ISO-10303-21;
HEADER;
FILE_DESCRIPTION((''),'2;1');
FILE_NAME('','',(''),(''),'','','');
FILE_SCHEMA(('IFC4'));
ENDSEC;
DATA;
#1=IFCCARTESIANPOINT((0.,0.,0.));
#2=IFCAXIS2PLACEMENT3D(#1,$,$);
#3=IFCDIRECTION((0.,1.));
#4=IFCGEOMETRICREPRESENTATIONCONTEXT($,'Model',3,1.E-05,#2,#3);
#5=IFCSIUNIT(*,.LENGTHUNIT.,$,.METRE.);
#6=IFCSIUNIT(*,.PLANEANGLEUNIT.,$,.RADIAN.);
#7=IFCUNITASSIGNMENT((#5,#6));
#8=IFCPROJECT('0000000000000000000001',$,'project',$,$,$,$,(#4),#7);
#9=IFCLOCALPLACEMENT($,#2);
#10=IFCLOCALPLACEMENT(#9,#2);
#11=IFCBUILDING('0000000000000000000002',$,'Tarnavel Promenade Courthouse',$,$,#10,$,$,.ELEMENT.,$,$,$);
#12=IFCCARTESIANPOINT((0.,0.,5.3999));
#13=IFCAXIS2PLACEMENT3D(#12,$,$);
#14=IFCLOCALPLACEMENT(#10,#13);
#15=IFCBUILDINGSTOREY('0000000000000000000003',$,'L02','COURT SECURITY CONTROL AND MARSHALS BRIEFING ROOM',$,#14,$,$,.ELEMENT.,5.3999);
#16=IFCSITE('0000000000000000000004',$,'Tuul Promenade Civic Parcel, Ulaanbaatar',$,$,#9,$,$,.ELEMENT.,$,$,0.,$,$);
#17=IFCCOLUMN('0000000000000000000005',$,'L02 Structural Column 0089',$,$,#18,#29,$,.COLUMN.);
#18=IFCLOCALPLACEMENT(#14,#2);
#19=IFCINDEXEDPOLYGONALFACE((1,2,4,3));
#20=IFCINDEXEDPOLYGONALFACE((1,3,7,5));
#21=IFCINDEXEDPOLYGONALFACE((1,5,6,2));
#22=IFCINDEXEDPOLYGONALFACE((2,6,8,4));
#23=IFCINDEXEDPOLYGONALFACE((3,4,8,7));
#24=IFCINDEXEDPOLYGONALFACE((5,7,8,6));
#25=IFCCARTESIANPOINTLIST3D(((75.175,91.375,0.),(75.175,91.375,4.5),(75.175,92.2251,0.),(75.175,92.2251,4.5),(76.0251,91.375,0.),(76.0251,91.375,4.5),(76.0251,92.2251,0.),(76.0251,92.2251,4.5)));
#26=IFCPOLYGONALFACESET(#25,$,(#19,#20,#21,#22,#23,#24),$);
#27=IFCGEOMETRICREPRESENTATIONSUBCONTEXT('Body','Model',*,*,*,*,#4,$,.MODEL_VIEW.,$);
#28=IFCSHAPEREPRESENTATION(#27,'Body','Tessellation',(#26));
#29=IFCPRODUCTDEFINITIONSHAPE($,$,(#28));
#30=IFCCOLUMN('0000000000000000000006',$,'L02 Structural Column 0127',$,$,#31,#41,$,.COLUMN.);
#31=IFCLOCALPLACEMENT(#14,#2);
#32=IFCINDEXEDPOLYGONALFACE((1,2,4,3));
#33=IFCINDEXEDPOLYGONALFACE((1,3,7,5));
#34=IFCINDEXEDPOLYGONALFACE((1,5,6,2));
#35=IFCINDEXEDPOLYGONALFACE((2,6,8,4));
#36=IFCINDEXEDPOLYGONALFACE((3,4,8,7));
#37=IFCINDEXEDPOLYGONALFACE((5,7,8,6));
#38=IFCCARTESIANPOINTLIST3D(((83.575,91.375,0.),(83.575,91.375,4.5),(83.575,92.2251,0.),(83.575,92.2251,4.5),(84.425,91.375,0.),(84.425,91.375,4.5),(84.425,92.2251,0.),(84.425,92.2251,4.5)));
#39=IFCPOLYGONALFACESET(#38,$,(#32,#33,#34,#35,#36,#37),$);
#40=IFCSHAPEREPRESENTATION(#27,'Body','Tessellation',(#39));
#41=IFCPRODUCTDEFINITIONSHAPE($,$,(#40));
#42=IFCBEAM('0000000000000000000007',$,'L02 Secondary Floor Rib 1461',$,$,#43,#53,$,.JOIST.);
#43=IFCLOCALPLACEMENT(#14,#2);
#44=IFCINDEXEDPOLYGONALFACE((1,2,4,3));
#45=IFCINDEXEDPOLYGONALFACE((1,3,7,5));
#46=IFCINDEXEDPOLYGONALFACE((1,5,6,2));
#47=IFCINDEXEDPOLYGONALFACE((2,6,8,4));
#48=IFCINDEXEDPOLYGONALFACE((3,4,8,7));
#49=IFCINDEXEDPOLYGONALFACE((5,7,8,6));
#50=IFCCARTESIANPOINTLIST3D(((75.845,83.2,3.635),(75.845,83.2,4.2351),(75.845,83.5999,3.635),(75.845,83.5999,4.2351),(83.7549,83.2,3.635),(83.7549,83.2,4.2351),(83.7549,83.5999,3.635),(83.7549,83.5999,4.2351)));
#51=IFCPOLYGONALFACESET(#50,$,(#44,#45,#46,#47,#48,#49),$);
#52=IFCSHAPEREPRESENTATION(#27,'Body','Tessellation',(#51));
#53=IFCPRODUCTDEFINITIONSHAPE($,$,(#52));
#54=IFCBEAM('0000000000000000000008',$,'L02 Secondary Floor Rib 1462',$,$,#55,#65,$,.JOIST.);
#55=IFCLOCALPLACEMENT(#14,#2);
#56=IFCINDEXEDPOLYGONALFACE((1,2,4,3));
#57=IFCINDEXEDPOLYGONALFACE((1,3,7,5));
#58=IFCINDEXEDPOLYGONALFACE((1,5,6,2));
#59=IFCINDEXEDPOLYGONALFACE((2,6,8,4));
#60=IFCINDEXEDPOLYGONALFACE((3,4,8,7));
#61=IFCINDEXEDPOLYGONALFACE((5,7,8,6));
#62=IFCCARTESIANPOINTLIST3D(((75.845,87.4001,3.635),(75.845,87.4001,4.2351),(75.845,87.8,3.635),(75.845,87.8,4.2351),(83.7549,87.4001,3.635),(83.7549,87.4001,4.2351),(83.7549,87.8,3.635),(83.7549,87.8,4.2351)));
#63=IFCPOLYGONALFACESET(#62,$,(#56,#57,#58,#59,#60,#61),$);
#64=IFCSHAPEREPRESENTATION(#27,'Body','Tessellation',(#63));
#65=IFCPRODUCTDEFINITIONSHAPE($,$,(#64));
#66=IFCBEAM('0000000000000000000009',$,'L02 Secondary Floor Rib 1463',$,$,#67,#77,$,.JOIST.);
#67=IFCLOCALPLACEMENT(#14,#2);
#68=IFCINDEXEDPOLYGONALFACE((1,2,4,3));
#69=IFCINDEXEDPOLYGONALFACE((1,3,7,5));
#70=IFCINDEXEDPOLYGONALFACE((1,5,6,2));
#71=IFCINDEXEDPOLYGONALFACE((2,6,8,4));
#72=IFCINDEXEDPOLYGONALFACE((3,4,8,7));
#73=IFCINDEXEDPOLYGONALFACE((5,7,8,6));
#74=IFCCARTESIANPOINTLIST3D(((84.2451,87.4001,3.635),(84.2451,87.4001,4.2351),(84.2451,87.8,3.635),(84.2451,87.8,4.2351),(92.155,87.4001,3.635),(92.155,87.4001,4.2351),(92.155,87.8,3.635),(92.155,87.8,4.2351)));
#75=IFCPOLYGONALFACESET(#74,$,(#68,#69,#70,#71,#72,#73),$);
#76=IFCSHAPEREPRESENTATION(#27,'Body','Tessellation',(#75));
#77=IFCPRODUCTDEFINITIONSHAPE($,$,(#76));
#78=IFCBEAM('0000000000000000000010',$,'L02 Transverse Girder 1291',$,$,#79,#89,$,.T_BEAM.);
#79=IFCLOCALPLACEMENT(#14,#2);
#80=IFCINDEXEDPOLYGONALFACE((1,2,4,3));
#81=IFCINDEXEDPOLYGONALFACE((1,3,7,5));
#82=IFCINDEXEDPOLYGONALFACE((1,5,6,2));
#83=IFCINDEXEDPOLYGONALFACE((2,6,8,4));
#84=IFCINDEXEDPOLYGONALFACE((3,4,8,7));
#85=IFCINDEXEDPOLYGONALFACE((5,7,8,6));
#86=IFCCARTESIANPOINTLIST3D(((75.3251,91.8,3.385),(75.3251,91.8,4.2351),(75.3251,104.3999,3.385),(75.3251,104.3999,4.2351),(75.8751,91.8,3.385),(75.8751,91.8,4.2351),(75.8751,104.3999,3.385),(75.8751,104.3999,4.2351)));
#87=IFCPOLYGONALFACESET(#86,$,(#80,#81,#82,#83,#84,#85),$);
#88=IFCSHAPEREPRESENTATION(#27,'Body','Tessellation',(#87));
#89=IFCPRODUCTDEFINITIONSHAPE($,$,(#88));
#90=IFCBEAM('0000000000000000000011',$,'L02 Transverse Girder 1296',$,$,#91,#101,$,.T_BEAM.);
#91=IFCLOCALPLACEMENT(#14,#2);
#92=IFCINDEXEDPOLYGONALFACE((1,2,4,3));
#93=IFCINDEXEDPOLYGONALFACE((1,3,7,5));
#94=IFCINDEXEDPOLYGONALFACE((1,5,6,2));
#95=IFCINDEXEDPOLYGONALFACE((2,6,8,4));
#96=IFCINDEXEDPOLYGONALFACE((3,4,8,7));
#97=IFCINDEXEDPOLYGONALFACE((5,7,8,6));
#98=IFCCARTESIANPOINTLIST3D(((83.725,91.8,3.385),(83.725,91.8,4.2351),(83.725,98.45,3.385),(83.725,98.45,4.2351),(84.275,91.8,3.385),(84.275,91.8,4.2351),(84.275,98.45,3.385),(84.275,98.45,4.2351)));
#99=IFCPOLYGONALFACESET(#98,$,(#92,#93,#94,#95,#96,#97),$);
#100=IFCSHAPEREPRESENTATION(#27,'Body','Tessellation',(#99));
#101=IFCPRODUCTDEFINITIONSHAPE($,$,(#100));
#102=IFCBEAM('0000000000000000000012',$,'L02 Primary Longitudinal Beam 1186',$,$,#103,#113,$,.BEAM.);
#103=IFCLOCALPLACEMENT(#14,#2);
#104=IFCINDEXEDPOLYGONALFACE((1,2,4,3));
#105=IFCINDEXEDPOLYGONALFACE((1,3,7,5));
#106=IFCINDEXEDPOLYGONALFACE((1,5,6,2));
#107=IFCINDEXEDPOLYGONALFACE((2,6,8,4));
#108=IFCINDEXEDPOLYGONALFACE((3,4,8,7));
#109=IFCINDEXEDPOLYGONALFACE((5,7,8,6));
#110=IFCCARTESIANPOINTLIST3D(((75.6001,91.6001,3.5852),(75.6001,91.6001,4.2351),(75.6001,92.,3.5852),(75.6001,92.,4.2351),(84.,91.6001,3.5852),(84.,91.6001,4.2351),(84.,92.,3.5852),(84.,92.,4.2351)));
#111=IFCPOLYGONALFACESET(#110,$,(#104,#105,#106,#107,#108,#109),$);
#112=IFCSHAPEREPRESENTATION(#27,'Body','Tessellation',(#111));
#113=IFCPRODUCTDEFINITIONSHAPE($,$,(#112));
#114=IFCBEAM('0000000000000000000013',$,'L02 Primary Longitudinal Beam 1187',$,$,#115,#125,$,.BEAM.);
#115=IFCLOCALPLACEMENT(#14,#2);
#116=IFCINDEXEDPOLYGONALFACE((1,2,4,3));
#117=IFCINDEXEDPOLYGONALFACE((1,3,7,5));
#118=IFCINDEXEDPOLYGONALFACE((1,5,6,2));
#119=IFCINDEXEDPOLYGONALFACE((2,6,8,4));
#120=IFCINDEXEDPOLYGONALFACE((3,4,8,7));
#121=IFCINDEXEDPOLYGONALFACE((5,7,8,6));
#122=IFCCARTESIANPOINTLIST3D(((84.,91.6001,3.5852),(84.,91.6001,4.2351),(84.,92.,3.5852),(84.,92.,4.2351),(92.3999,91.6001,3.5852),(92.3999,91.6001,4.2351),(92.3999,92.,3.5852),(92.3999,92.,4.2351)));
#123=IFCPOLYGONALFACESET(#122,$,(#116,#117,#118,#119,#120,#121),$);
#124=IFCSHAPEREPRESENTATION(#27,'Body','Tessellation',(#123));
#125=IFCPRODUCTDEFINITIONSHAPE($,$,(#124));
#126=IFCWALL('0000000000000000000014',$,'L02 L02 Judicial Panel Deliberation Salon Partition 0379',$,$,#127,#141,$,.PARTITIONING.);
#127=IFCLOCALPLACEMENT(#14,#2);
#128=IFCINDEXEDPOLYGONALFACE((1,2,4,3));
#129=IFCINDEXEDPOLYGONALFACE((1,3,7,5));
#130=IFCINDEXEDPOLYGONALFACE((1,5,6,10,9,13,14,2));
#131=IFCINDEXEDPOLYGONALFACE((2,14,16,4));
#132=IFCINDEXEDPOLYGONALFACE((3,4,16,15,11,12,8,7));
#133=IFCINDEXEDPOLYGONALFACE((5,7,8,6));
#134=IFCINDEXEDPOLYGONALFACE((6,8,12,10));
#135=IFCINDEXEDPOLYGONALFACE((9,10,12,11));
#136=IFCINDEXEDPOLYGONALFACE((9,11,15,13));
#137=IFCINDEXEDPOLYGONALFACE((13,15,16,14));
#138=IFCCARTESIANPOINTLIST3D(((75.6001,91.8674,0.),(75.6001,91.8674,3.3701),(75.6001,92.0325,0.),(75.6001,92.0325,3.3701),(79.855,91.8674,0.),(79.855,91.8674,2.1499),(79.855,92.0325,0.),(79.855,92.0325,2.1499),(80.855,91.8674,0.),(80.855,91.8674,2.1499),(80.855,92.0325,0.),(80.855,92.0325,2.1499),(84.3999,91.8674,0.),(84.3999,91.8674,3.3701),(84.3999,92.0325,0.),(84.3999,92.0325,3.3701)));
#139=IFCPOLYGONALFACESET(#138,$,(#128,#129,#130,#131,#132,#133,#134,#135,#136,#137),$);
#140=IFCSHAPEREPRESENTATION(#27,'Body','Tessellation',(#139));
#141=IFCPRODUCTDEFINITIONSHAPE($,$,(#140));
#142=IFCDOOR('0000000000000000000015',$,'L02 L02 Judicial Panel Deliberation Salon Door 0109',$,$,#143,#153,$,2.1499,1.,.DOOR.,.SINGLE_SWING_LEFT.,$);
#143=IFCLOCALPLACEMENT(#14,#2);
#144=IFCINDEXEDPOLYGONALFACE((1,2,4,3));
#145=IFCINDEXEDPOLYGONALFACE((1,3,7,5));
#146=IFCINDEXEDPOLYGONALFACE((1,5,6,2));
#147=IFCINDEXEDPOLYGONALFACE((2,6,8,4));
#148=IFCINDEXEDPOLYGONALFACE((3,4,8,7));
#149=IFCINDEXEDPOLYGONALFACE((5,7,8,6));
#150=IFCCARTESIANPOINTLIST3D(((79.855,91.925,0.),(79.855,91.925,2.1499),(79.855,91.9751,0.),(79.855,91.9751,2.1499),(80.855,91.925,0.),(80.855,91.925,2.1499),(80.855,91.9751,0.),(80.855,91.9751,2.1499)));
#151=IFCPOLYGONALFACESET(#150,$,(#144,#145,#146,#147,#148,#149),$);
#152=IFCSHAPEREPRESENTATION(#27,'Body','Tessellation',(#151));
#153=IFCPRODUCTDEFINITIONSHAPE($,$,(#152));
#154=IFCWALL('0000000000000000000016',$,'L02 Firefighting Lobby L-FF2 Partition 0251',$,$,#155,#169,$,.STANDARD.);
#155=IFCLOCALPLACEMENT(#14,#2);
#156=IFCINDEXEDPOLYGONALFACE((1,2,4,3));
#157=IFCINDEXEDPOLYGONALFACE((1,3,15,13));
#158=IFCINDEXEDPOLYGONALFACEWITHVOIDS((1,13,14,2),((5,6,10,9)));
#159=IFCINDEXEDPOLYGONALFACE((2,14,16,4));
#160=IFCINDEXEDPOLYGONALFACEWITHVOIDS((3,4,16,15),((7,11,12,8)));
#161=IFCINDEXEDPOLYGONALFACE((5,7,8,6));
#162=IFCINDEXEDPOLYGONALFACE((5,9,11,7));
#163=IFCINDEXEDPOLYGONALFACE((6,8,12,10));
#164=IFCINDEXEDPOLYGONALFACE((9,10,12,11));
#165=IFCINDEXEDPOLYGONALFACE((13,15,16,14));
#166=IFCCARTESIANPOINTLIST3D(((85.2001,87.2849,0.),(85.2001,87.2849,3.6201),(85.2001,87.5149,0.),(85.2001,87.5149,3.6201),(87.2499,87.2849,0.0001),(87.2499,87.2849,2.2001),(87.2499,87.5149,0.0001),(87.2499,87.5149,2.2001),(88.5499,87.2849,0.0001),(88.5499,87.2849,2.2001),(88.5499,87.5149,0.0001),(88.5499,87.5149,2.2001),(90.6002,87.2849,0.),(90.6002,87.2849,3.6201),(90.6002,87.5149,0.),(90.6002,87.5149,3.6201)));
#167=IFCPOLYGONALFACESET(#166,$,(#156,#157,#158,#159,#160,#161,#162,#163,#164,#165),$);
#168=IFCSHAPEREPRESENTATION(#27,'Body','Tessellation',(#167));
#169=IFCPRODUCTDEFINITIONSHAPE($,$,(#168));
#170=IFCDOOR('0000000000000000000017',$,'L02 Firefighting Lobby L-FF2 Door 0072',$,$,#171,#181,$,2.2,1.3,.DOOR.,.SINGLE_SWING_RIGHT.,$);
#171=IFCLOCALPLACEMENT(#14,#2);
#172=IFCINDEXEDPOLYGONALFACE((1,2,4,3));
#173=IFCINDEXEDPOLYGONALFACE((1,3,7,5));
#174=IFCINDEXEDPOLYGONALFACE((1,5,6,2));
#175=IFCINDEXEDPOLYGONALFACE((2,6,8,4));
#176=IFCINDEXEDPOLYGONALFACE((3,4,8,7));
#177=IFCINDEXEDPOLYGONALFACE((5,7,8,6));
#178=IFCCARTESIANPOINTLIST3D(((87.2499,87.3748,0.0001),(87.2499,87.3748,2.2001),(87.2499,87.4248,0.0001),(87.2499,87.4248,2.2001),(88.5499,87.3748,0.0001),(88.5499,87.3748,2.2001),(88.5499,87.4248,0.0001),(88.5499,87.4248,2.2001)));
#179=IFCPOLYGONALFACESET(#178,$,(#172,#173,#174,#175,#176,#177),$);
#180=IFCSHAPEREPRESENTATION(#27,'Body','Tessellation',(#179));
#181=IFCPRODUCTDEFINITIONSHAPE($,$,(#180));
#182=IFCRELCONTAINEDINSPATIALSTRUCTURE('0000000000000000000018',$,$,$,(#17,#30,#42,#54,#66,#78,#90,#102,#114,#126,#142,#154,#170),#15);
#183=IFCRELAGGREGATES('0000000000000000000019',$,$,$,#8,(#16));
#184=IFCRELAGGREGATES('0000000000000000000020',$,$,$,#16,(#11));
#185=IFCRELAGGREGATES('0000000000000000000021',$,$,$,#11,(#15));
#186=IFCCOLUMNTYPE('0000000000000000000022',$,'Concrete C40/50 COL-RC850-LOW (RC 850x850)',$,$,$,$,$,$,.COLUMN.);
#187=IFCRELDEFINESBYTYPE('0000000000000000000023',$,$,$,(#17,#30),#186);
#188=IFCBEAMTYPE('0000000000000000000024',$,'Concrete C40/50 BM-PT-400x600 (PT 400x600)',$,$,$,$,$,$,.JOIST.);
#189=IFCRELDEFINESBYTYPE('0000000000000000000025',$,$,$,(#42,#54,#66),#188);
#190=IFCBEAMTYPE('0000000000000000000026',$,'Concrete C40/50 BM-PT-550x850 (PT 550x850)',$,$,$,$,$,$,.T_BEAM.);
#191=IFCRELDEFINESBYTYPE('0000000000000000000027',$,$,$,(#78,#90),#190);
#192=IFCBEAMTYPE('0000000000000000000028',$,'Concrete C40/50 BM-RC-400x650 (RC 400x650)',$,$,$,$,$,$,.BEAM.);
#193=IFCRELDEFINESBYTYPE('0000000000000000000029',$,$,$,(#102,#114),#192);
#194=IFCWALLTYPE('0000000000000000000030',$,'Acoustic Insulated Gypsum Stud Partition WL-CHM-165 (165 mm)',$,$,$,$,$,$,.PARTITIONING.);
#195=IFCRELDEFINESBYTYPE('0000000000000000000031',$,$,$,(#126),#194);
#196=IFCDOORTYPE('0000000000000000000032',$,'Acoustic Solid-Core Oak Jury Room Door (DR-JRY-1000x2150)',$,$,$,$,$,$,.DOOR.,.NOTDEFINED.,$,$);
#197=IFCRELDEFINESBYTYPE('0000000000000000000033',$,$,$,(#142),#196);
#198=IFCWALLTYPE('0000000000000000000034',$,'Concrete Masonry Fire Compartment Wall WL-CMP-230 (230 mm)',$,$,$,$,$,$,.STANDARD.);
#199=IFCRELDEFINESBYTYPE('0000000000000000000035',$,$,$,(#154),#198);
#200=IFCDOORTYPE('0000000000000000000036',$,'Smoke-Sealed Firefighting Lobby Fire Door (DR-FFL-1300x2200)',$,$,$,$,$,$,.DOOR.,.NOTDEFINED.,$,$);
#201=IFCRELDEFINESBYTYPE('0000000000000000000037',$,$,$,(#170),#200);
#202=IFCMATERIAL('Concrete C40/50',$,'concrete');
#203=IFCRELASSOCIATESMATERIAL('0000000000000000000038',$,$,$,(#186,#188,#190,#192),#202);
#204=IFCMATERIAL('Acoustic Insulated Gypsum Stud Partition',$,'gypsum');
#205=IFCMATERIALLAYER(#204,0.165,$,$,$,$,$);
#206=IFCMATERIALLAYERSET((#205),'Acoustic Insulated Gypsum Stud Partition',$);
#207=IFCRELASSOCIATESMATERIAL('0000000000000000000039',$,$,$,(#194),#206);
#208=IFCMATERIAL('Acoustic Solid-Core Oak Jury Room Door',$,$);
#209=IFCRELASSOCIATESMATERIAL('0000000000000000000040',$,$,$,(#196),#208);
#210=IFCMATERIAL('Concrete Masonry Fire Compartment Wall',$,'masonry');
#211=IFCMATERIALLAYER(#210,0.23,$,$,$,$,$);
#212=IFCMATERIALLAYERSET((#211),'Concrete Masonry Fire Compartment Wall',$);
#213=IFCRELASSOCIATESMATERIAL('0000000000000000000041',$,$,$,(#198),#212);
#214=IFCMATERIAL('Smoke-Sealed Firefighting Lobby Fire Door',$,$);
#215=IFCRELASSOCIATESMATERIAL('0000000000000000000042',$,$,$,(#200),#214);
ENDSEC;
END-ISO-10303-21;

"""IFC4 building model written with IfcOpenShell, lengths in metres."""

from ifc_helpers import new_model, si_unit, direction, frame, frame_2d, origin, origin_2d, place, context, subcontext, project, spatial, rectangle, extrude, material, layer, layer_set, material_profile, profile_set, type_object, element, fill, save


model = new_model("IFC4")

# Units and contexts
model_context = context("Model", 3, precision=1e-05, world=origin(), true_north=direction((0.0, 1.0)))
body_context = subcontext(model_context, "Body", "Model", "MODEL_VIEW")
ifc_project = project(units=[si_unit("LENGTHUNIT", "METRE"), si_unit("PLANEANGLEUNIT", "RADIAN")], contexts=[model_context])

# Site, building, storey
site_placement = place(None, origin())
site = spatial("IfcSite", under=ifc_project, at=site_placement, Name="Tuul Promenade Civic Parcel, Ulaanbaatar", CompositionType="ELEMENT", RefElevation=0.0)
building_placement = place(site_placement, origin())
building = spatial("IfcBuilding", under=site, at=building_placement, Name="Tarnavel Promenade Courthouse", CompositionType="ELEMENT")
storey_placement = place(building_placement, frame((0.0, 0.0, 5.3999)))
storey = spatial("IfcBuildingStorey", under=building, at=storey_placement, Name="L02", Description="COURT SECURITY CONTROL AND MARSHALS BRIEFING ROOM", CompositionType="ELEMENT", Elevation=5.3999)

# Columns
ifc_material_1 = material(Name="Concrete C40/50", Category="concrete")
ifc_material_profile_1 = material_profile(ifc_material_1, rectangle(XDim=0.8501, YDim=0.8501, at=origin_2d()), Name="RC 850x850")
ifc_profile_set_1 = profile_set([ifc_material_profile_1], Name="Concrete C40/50")
column_type = type_object("IfcColumnType", Name="Concrete C40/50 COL-RC850-LOW (RC 850x850)", PredefinedType="COLUMN", material=ifc_profile_set_1)
for number, where, z_axis, x_axis, name in (
    (1, (75.6001, 91.8, 0.0), (0.0, 0.0, 1.0), (1.0, 0.0, 0.0), "L02 Structural Column 0089"),
    (2, (84.0, 91.8, 0.0), (0.0, 0.0, 1.0), (1.0, 0.0, 0.0), "L02 Structural Column 0127"),
):
    element("IfcColumn", number, at=place(storey_placement, frame(where, z_axis=z_axis, x_axis=x_axis)), inside=storey, type_object=column_type, Name=name, PredefinedType="COLUMN", context=body_context, shape_type="SweptSolid", body=[
        extrude(rectangle(XDim=0.8501, YDim=0.8501, at=origin_2d()), origin(), (0.0, 0.0, 1.0), 4.5),
    ])

# Beams
ifc_material_profile_2 = material_profile(ifc_material_1, rectangle(XDim=0.3999, YDim=0.6001, at=origin_2d()), Name="PT 400x600")
ifc_profile_set_2 = profile_set([ifc_material_profile_2], Name="Concrete C40/50")
beam_type_1 = type_object("IfcBeamType", Name="Concrete C40/50 BM-PT-400x600 (PT 400x600)", PredefinedType="JOIST", material=ifc_profile_set_2)
for number, where, z_axis, x_axis, name in (
    (3, (75.845, 83.3999, 3.9351), (1.0, 0.0, 0.0), (0.0, 1.0, 0.0), "L02 Secondary Floor Rib 1461"),
    (4, (75.845, 87.6001, 3.9351), (1.0, 0.0, 0.0), (0.0, 1.0, 0.0), "L02 Secondary Floor Rib 1462"),
    (5, (84.2451, 87.6001, 3.9351), (1.0, 0.0, 0.0), (0.0, 1.0, 0.0), "L02 Secondary Floor Rib 1463"),
):
    element("IfcBeam", number, at=place(storey_placement, frame(where, z_axis=z_axis, x_axis=x_axis)), inside=storey, type_object=beam_type_1, Name=name, PredefinedType="JOIST", context=body_context, shape_type="SweptSolid", body=[
        extrude(rectangle(XDim=0.3999, YDim=0.6001, at=origin_2d()), origin(), (0.0, 0.0, 1.0), 7.9099),
    ])
ifc_material_profile_3 = material_profile(ifc_material_1, rectangle(XDim=0.55, YDim=0.8501, at=origin_2d()), Name="PT 550x850")
ifc_profile_set_3 = profile_set([ifc_material_profile_3], Name="Concrete C40/50")
beam_type_2 = type_object("IfcBeamType", Name="Concrete C40/50 BM-PT-550x850 (PT 550x850)", PredefinedType="T_BEAM", material=ifc_profile_set_3)
beam_1_placement = place(storey_placement, frame((75.6001, 91.8, 3.8101), z_axis=(0.0, 1.0, 0.0), x_axis=(-1.0, 0.0, 0.0)))
element("IfcBeam", 6, at=beam_1_placement, inside=storey, type_object=beam_type_2, Name="L02 Transverse Girder 1291", PredefinedType="T_BEAM", context=body_context, shape_type="SweptSolid", body=[
    extrude(rectangle(XDim=0.55, YDim=0.8501, at=origin_2d()), origin(), (0.0, 0.0, 1.0), 12.5999),
])
beam_2_placement = place(storey_placement, frame((84.0, 91.8, 3.8101), z_axis=(0.0, 1.0, 0.0), x_axis=(-1.0, 0.0, 0.0)))
element("IfcBeam", 7, at=beam_2_placement, inside=storey, type_object=beam_type_2, Name="L02 Transverse Girder 1296", PredefinedType="T_BEAM", context=body_context, shape_type="SweptSolid", body=[
    extrude(rectangle(XDim=0.55, YDim=0.8501, at=origin_2d()), origin(), (0.0, 0.0, 1.0), 6.6499),
])
ifc_material_profile_4 = material_profile(ifc_material_1, rectangle(XDim=0.3999, YDim=0.6499, at=origin_2d()), Name="RC 400x650")
ifc_profile_set_4 = profile_set([ifc_material_profile_4], Name="Concrete C40/50")
beam_type_3 = type_object("IfcBeamType", Name="Concrete C40/50 BM-RC-400x650 (RC 400x650)", PredefinedType="BEAM", material=ifc_profile_set_4)
for number, where, z_axis, x_axis, name in (
    (8, (75.6001, 91.8, 3.9102), (1.0, 0.0, 0.0), (0.0, 1.0, 0.0), "L02 Primary Longitudinal Beam 1186"),
    (9, (84.0, 91.8, 3.9102), (1.0, 0.0, 0.0), (0.0, 1.0, 0.0), "L02 Primary Longitudinal Beam 1187"),
):
    element("IfcBeam", number, at=place(storey_placement, frame(where, z_axis=z_axis, x_axis=x_axis)), inside=storey, type_object=beam_type_3, Name=name, PredefinedType="BEAM", context=body_context, shape_type="SweptSolid", body=[
        extrude(rectangle(XDim=0.3999, YDim=0.6499, at=origin_2d()), origin(), (0.0, 0.0, 1.0), 8.3999),
    ])

# Walls, openings, doors
ifc_material_2 = material(Name="Acoustic Insulated Gypsum Stud Partition", Category="gypsum")
ifc_layer_1 = layer(ifc_material_2, 0.165)
ifc_layer_set_1 = layer_set([ifc_layer_1], Name="Acoustic Insulated Gypsum Stud Partition")
wall_type_1 = type_object("IfcWallType", Name="Acoustic Insulated Gypsum Stud Partition WL-CHM-165 (165 mm)", PredefinedType="PARTITIONING", material=ifc_layer_set_1)
wall_1_placement = place(storey_placement, frame((84.3999, 91.95, 0.0), z_axis=(0.0, 0.0, 1.0), x_axis=(-1.0, 0.0, 0.0)))
wall_1 = element("IfcWall", 10, at=wall_1_placement, inside=storey, type_object=wall_type_1, Name="L02 L02 Judicial Panel Deliberation Salon Partition 0379", PredefinedType="PARTITIONING", context=body_context, shape_type="SweptSolid", body=[
    extrude(rectangle(XDim=8.7998, YDim=0.165, at=frame_2d((4.3999, 0.0))), origin(), (0.0, 0.0, 1.0), 3.3701),
])
opening_1_placement = place(wall_1_placement, frame((3.5449, 0.0, 0.0)))
opening_1 = element("IfcOpeningElement", 11, at=opening_1_placement, cuts=wall_1, PredefinedType="OPENING", context=body_context, shape_type="SweptSolid", body=[
    extrude(rectangle(XDim=1.0, YDim=2.1499, at=frame_2d((0.5, 1.075))), frame((0.0, 0.0925, 0.0), z_axis=(0.0, -1.0, 0.0), x_axis=(1.0, 0.0, 0.0)), (0.0, 0.0, 1.0), 0.1851),
])
ifc_material_3 = material(Name="Acoustic Solid-Core Oak Jury Room Door")
door_type_1 = type_object("IfcDoorType", Name="Acoustic Solid-Core Oak Jury Room Door (DR-JRY-1000x2150)", OperationType="NOTDEFINED", PredefinedType="DOOR", material=ifc_material_3)
door_1_placement = place(opening_1_placement, origin())
door_1 = element("IfcDoor", 12, at=door_1_placement, inside=storey, type_object=door_type_1, Name="L02 L02 Judicial Panel Deliberation Salon Door 0109", OperationType="SINGLE_SWING_LEFT", OverallHeight=2.1499, OverallWidth=1.0, PredefinedType="DOOR", context=body_context, shape_type="SweptSolid", body=[
    extrude(rectangle(XDim=1.0, YDim=2.1499, at=frame_2d((0.5, 1.075))), frame((0.0, 0.0249, 0.0), z_axis=(0.0, -1.0, 0.0), x_axis=(1.0, 0.0, 0.0)), (0.0, 0.0, 1.0), 0.05),
])
fill(opening_1, door_1)
ifc_material_4 = material(Name="Concrete Masonry Fire Compartment Wall", Category="masonry")
ifc_layer_2 = layer(ifc_material_4, 0.23)
ifc_layer_set_2 = layer_set([ifc_layer_2], Name="Concrete Masonry Fire Compartment Wall")
wall_type_2 = type_object("IfcWallType", Name="Concrete Masonry Fire Compartment Wall WL-CMP-230 (230 mm)", PredefinedType="STANDARD", material=ifc_layer_set_2)
wall_2_placement = place(storey_placement, frame((85.2, 87.3999, 0.0), z_axis=(0.0, 0.0, 1.0), x_axis=(1.0, 0.0, 0.0)))
wall_2 = element("IfcWall", 13, at=wall_2_placement, inside=storey, type_object=wall_type_2, Name="L02 Firefighting Lobby L-FF2 Partition 0251", PredefinedType="STANDARD", context=body_context, shape_type="SweptSolid", body=[
    extrude(rectangle(XDim=5.4001, YDim=0.23, at=frame_2d((2.7002, 0.0))), origin(), (0.0, 0.0, 1.0), 3.6201),
])
opening_2_placement = place(wall_2_placement, frame((2.05, 0.0, 0.0)))
opening_2 = element("IfcOpeningElement", 14, at=opening_2_placement, cuts=wall_2, PredefinedType="OPENING", context=body_context, shape_type="SweptSolid", body=[
    extrude(rectangle(XDim=1.3, YDim=2.2, at=frame_2d((0.6499, 1.1001))), frame((0.0, 0.125, 0.0), z_axis=(0.0, -1.0, 0.0), x_axis=(1.0, 0.0, 0.0)), (0.0, 0.0, 1.0), 0.25),
])
ifc_material_5 = material(Name="Smoke-Sealed Firefighting Lobby Fire Door")
door_type_2 = type_object("IfcDoorType", Name="Smoke-Sealed Firefighting Lobby Fire Door (DR-FFL-1300x2200)", OperationType="NOTDEFINED", PredefinedType="DOOR", material=ifc_material_5)
door_2_placement = place(opening_2_placement, origin())
door_2 = element("IfcDoor", 15, at=door_2_placement, inside=storey, type_object=door_type_2, Name="L02 Firefighting Lobby L-FF2 Door 0072", OperationType="SINGLE_SWING_RIGHT", OverallHeight=2.2, OverallWidth=1.3, PredefinedType="DOOR", context=body_context, shape_type="SweptSolid", body=[
    extrude(rectangle(XDim=1.3, YDim=2.2, at=frame_2d((0.6499, 1.1001))), frame((0.0, 0.0249, 0.0), z_axis=(0.0, -1.0, 0.0), x_axis=(1.0, 0.0, 0.0)), (0.0, 0.0, 1.0), 0.05),
])
fill(opening_2, door_2)

save(model, "model.ifc")
